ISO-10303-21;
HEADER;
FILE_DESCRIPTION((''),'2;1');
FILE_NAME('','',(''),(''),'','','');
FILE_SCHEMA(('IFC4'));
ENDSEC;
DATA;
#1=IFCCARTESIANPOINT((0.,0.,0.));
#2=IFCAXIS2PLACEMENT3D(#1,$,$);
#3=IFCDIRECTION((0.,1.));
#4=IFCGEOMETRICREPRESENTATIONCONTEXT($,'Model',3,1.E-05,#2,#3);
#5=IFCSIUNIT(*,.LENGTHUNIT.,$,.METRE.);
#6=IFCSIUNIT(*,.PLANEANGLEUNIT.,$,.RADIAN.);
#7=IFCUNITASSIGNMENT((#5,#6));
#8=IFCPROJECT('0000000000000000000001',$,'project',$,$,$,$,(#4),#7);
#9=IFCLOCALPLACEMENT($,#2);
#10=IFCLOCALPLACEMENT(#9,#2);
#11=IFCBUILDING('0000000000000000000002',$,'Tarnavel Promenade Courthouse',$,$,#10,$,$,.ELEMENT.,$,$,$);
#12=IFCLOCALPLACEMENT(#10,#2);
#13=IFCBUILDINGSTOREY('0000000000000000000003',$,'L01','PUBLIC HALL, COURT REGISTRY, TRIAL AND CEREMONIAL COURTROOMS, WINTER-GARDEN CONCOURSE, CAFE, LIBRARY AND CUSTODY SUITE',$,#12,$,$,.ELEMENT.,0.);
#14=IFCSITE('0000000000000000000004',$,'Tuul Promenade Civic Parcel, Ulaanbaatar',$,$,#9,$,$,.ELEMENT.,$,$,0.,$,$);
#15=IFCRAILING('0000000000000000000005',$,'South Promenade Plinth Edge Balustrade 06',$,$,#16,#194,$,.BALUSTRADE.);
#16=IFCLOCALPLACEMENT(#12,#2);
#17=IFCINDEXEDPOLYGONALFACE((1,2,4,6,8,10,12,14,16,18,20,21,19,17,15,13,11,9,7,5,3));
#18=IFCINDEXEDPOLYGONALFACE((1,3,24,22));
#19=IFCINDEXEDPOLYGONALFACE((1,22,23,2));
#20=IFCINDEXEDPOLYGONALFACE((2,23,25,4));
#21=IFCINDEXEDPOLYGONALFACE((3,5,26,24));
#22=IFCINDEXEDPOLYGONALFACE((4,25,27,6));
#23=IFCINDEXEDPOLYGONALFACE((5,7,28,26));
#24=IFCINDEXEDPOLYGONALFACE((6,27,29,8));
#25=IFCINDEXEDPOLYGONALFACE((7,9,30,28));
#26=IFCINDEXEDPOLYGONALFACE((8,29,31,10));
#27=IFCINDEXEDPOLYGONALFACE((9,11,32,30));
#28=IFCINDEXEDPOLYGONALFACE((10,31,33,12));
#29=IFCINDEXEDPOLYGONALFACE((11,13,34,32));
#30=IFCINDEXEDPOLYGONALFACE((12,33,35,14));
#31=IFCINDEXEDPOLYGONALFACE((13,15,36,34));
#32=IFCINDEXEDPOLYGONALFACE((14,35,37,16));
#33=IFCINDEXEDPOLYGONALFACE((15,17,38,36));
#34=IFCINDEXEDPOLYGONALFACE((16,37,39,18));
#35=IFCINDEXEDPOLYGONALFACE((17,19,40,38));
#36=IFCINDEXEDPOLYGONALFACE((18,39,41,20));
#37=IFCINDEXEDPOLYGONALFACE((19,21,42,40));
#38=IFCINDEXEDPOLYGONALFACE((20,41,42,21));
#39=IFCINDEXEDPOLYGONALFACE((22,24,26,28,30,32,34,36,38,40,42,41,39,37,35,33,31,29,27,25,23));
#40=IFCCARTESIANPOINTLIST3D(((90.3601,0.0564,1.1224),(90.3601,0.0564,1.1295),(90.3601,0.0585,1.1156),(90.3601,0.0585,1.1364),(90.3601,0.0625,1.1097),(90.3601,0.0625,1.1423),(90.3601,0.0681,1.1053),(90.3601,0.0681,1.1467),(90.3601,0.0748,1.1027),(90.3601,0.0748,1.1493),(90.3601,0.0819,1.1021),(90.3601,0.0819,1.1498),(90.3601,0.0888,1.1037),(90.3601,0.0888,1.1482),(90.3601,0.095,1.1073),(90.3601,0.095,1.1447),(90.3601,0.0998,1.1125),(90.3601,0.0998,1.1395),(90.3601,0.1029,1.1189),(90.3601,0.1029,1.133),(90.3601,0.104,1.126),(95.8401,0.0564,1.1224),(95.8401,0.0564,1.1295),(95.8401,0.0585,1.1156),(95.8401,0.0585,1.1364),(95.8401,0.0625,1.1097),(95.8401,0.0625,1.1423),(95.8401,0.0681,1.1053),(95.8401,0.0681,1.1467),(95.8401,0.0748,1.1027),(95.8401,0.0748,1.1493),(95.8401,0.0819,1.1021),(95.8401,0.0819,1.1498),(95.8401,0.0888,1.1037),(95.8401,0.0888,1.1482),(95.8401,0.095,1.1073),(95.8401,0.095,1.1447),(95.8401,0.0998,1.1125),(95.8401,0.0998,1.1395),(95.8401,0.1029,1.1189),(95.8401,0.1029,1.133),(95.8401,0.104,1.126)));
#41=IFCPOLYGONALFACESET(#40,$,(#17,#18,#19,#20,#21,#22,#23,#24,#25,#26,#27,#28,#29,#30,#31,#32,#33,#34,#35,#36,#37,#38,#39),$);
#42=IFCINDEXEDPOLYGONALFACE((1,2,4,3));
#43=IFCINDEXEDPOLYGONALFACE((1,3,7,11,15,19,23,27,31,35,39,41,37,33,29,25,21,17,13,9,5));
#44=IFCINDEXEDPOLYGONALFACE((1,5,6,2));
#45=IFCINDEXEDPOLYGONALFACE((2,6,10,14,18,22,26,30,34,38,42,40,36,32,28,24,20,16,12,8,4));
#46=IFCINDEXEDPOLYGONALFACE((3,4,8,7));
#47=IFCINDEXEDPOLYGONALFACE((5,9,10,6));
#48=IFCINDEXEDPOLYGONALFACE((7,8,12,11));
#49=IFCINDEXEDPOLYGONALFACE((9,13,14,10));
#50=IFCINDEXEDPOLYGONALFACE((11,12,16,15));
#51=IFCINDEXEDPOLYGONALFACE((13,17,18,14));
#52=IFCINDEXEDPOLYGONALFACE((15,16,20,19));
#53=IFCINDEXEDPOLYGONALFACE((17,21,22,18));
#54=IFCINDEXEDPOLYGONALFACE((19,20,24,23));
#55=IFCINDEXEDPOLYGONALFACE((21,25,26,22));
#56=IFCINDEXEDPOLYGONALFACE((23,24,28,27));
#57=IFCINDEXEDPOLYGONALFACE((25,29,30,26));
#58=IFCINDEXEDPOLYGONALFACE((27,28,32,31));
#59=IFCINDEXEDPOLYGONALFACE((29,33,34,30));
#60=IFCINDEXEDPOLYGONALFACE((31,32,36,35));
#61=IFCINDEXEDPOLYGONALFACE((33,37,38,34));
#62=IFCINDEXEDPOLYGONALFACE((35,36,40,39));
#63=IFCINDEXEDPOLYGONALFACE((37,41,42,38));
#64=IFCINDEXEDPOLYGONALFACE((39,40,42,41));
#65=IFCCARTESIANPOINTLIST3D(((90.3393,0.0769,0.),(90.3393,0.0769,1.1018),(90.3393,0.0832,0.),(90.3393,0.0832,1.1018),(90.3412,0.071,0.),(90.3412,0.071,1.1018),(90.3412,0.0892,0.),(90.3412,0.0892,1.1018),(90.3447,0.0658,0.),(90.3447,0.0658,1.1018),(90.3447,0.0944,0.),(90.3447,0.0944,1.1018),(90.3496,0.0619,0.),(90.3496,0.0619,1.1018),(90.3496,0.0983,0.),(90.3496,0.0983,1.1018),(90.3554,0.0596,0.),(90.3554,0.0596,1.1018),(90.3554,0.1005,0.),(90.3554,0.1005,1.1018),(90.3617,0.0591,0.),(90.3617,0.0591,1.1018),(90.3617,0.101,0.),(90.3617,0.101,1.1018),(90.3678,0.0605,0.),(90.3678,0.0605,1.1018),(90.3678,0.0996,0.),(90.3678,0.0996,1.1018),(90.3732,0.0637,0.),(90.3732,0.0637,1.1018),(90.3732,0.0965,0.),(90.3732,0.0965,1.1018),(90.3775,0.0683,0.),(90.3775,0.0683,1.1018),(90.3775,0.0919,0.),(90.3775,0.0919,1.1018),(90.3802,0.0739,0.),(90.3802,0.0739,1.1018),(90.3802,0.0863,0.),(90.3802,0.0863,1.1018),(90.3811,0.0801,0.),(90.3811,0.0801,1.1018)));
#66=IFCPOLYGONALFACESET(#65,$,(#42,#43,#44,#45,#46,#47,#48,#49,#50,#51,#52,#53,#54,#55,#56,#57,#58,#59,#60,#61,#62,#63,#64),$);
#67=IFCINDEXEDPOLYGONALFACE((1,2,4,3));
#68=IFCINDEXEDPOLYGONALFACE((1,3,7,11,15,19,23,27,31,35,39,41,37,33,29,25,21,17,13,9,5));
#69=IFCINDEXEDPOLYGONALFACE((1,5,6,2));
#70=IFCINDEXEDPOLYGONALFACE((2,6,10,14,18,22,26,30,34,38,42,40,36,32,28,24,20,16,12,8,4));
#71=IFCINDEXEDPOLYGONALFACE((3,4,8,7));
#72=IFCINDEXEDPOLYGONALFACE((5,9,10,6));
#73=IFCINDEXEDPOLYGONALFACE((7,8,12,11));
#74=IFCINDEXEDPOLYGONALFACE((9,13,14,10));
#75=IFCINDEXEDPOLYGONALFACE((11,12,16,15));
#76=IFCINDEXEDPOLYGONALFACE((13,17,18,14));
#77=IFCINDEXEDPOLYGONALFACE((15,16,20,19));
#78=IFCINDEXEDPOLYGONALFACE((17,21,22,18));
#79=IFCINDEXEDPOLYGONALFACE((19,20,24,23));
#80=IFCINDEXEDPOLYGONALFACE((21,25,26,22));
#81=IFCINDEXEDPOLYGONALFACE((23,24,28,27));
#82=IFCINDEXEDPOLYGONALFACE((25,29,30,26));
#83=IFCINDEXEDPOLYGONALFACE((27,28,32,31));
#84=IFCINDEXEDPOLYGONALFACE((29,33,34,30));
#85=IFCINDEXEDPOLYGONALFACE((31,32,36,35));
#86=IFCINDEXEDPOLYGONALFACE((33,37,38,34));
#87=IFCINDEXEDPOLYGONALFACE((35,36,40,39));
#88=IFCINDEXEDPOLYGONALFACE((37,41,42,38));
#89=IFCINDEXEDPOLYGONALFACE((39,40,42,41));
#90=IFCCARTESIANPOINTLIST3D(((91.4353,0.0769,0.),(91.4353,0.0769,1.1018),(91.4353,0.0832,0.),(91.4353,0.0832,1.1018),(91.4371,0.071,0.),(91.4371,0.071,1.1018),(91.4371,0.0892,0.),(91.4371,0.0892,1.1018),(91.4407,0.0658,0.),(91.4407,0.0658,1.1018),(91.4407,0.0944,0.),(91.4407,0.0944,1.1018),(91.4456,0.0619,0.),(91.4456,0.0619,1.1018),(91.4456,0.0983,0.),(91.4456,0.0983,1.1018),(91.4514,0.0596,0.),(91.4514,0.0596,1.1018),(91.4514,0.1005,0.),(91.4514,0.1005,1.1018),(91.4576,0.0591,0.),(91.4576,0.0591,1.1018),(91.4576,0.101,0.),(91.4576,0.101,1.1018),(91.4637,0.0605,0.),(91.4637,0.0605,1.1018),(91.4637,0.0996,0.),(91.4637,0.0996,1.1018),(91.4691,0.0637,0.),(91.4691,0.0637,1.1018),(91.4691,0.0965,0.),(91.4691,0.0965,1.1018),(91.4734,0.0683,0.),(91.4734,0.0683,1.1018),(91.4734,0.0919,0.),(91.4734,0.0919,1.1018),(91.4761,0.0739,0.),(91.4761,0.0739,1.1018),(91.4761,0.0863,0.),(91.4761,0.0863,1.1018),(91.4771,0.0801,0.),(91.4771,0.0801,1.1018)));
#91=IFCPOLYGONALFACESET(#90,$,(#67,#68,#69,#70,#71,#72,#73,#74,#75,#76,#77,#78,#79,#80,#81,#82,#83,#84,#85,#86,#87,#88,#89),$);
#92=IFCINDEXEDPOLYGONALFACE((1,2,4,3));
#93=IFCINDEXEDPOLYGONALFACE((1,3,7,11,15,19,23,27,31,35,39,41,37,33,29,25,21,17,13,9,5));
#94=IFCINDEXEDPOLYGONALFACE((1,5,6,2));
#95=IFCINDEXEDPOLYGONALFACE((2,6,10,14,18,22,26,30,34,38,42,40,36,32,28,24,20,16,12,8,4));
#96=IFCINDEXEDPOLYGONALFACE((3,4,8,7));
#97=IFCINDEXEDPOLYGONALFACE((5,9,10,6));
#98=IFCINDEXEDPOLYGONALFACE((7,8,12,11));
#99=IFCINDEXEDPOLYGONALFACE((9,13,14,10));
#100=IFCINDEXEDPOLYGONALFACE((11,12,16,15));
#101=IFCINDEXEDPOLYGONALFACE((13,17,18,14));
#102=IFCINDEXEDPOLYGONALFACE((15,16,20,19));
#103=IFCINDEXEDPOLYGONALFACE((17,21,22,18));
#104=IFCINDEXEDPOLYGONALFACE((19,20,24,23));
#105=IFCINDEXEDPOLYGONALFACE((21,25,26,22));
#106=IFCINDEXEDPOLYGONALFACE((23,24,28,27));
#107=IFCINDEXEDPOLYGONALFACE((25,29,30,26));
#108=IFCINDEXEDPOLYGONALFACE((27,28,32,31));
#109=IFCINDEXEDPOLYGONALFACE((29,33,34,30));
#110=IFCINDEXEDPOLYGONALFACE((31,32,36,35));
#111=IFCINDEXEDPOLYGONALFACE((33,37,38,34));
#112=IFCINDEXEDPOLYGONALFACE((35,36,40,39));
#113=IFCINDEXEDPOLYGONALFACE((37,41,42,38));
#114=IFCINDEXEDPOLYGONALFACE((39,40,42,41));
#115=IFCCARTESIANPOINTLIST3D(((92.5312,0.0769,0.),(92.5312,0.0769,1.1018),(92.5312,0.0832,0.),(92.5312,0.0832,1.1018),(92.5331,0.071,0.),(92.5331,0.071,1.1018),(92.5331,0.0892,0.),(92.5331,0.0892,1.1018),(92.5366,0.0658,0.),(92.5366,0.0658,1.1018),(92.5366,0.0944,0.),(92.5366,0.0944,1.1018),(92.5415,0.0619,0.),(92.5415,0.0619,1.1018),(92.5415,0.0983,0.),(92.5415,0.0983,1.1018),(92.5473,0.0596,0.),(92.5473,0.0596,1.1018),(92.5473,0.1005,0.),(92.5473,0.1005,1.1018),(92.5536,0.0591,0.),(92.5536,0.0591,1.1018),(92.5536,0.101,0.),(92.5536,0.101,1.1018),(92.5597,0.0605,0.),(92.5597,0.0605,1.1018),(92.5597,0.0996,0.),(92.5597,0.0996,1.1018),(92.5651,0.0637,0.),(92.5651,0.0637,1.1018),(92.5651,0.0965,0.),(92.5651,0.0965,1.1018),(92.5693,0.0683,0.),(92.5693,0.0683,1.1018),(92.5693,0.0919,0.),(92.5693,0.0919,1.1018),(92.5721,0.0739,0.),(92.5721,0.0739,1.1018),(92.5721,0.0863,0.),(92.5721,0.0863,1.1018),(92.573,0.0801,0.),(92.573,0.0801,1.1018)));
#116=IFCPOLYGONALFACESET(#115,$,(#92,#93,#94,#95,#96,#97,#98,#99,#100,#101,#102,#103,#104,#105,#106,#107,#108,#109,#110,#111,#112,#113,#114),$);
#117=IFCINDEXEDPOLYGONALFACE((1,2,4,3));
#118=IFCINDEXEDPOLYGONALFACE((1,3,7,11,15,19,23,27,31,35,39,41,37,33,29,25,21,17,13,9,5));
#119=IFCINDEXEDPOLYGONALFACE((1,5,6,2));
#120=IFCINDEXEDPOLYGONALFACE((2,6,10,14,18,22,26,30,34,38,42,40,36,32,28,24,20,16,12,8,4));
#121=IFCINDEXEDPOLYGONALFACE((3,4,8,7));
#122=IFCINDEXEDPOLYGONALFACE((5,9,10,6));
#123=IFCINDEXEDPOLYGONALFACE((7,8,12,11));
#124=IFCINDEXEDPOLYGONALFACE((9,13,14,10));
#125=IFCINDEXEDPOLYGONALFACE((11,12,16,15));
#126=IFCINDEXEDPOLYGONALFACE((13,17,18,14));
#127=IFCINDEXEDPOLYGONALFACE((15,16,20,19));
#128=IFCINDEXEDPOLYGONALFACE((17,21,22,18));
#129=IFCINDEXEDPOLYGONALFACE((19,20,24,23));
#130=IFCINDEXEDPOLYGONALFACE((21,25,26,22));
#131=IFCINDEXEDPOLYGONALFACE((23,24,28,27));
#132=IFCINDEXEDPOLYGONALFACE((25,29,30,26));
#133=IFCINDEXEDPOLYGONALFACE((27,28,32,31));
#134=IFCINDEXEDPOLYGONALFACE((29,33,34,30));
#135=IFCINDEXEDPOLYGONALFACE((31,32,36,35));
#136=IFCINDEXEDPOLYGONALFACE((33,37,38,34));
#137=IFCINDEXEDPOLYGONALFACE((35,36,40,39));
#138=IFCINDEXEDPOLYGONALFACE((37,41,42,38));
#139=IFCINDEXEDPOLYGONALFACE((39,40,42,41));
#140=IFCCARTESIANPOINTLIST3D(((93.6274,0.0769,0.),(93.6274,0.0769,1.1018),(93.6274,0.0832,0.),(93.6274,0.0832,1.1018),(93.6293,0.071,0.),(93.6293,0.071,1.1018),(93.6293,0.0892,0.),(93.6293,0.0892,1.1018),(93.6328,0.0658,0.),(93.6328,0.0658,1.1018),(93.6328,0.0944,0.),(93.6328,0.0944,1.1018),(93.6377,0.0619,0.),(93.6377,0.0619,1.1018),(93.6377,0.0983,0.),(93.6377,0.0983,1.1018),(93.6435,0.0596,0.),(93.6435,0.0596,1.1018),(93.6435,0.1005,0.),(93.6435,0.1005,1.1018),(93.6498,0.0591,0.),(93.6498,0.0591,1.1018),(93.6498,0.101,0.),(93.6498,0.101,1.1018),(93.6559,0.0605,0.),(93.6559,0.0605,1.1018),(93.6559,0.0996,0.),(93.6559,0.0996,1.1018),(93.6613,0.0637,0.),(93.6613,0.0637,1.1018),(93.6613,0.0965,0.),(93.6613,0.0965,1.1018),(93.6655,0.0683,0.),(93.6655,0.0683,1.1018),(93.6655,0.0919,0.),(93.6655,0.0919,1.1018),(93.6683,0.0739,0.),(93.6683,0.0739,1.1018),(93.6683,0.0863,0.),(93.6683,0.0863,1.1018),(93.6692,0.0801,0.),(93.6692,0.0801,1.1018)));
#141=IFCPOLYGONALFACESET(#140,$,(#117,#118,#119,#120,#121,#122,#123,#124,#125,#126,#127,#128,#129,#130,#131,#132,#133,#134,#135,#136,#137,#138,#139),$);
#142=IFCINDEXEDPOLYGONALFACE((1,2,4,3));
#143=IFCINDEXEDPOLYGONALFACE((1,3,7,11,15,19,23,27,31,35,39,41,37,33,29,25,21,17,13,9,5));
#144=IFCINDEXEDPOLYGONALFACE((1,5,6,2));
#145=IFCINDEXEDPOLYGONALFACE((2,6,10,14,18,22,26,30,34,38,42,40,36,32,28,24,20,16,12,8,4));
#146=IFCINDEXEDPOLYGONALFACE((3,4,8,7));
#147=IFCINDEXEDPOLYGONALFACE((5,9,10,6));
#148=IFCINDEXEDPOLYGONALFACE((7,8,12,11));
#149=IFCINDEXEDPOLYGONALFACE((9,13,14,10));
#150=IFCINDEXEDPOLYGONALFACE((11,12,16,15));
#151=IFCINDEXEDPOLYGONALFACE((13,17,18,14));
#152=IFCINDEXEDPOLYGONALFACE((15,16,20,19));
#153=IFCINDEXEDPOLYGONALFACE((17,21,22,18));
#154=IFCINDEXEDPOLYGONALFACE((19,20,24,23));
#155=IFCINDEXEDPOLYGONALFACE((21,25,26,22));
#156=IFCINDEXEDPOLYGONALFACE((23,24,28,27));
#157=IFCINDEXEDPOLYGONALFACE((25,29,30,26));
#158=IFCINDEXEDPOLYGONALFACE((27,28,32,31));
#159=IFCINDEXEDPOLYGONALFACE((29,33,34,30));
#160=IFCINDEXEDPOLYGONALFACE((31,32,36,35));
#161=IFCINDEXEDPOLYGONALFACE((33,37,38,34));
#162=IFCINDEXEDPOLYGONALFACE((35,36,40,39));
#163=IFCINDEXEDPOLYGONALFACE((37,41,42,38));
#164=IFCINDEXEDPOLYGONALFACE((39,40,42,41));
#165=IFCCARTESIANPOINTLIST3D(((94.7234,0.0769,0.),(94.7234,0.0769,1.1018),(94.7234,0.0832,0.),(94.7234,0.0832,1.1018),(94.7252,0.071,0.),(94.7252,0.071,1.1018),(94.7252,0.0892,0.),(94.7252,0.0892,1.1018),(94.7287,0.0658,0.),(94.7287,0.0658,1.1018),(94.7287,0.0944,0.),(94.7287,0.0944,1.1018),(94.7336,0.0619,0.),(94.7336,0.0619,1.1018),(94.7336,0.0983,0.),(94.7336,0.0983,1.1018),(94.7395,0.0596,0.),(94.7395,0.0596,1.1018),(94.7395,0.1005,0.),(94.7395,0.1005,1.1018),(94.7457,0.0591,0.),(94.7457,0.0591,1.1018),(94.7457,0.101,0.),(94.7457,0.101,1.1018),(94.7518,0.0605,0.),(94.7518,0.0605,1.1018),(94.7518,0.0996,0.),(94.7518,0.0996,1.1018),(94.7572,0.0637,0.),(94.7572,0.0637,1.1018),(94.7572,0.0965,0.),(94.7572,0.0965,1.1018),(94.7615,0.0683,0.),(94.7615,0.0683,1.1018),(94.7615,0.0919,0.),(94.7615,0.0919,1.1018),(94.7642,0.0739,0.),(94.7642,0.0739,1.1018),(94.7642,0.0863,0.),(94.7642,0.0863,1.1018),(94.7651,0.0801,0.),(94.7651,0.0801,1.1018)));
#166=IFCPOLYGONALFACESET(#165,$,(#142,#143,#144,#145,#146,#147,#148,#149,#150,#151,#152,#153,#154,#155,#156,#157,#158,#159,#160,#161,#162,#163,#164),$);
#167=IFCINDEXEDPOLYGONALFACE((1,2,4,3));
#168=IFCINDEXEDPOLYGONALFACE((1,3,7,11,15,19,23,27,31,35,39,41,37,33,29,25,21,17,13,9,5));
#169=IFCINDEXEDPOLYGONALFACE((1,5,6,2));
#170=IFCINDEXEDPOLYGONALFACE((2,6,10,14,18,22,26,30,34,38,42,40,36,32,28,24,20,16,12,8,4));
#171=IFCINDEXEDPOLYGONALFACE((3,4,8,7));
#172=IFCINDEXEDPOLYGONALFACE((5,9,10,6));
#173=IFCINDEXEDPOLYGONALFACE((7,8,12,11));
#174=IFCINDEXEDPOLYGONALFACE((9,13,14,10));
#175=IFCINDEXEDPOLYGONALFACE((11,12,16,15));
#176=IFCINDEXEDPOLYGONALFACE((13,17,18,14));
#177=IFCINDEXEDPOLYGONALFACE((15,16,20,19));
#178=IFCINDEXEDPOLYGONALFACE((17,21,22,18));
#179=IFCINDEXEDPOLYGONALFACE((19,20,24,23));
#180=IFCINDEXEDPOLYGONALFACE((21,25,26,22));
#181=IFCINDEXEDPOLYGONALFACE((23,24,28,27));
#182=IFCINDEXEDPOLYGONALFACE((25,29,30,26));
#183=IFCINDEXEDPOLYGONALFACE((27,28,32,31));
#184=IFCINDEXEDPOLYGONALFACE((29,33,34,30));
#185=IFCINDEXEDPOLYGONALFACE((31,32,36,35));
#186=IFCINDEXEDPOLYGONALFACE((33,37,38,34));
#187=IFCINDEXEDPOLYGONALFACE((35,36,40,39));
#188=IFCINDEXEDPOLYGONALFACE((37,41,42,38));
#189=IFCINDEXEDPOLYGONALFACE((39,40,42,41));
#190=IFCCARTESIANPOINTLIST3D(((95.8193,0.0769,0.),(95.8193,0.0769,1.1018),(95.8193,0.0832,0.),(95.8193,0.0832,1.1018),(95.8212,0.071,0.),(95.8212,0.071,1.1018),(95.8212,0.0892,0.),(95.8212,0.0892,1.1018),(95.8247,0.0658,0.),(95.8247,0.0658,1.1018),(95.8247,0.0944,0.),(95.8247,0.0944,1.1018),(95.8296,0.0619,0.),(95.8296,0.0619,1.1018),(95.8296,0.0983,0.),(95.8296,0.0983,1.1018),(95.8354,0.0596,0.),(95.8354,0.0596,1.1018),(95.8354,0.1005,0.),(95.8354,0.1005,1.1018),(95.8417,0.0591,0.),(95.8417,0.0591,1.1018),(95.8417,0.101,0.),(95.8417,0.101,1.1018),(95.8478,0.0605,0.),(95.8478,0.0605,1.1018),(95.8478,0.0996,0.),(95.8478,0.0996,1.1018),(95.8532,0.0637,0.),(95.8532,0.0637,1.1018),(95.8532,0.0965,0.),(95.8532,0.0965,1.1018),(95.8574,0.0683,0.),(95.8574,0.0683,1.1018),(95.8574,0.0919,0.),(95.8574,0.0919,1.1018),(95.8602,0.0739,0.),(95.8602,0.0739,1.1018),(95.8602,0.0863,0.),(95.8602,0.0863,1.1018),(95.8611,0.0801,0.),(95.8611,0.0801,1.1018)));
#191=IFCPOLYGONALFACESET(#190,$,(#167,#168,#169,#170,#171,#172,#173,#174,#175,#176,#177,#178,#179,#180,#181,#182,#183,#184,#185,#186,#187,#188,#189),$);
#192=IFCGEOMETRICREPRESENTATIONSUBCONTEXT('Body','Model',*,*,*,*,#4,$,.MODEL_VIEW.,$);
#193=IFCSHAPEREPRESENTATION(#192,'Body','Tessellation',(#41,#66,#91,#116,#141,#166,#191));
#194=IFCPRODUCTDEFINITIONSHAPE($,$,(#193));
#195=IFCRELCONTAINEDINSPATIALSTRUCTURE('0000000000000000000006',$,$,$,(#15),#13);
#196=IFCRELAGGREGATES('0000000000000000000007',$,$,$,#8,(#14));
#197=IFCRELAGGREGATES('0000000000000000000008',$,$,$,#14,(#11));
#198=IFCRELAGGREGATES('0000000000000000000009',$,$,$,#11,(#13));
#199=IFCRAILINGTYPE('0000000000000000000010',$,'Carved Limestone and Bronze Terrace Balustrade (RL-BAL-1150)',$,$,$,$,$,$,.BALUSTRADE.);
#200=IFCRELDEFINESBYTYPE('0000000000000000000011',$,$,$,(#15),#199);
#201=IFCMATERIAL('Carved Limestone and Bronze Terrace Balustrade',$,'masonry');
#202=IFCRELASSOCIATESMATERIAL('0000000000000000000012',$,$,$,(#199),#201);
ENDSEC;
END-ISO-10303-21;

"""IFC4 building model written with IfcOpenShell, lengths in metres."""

from ifc_helpers import new_model, si_unit, direction, frame, origin, origin_2d, place, context, subcontext, project, spatial, circle, extrude, material, type_object, element, save


model = new_model("IFC4")

# Units and contexts
model_context = context("Model", 3, precision=1e-05, world=origin(), true_north=direction((0.0, 1.0)))
body_context = subcontext(model_context, "Body", "Model", "MODEL_VIEW")
ifc_project = project(units=[si_unit("LENGTHUNIT", "METRE"), si_unit("PLANEANGLEUNIT", "RADIAN")], contexts=[model_context])

# Site, building, storey
site_placement = place(None, origin())
site = spatial("IfcSite", under=ifc_project, at=site_placement, Name="Tuul Promenade Civic Parcel, Ulaanbaatar", CompositionType="ELEMENT", RefElevation=0.0)
building_placement = place(site_placement, origin())
building = spatial("IfcBuilding", under=site, at=building_placement, Name="Tarnavel Promenade Courthouse", CompositionType="ELEMENT")
storey_placement = place(building_placement, origin())
storey = spatial("IfcBuildingStorey", under=building, at=storey_placement, Name="L01", Description="PUBLIC HALL, COURT REGISTRY, TRIAL AND CEREMONIAL COURTROOMS, WINTER-GARDEN CONCOURSE, CAFE, LIBRARY AND CUSTODY SUITE", CompositionType="ELEMENT", Elevation=0.0)

# Railing
ifc_material_1 = material(Name="Carved Limestone and Bronze Terrace Balustrade", Category="masonry")
railing_type_1 = type_object("IfcRailingType", Name="Carved Limestone and Bronze Terrace Balustrade (RL-BAL-1150)", PredefinedType="BALUSTRADE", material=ifc_material_1)
railing_1_placement = place(storey_placement, frame((90.3601, 0.0801, 0.0)))
element("IfcRailing", 1, at=railing_1_placement, inside=storey, type_object=railing_type_1, Name="South Promenade Plinth Edge Balustrade 06", PredefinedType="BALUSTRADE", context=body_context, shape_type="SweptSolid", body=[
    extrude(circle(Radius=0.0239, at=origin_2d()), frame((0.0, 0.0, 1.126), z_axis=(1.0, 0.0, 0.0), x_axis=(0.0, 1.0, 0.0)), (0.0, 0.0, 1.0), 5.48),
    extrude(circle(Radius=0.021, at=origin_2d()), origin(), (0.0, 0.0, 1.0), 1.1018),
    extrude(circle(Radius=0.021, at=origin_2d()), frame((1.0959, 0.0, 0.0)), (0.0, 0.0, 1.0), 1.1018),
    extrude(circle(Radius=0.021, at=origin_2d()), frame((2.1919, 0.0, 0.0)), (0.0, 0.0, 1.0), 1.1018),
    extrude(circle(Radius=0.021, at=origin_2d()), frame((3.2881, 0.0, 0.0)), (0.0, 0.0, 1.0), 1.1018),
    extrude(circle(Radius=0.021, at=origin_2d()), frame((4.384, 0.0, 0.0)), (0.0, 0.0, 1.0), 1.1018),
    extrude(circle(Radius=0.021, at=origin_2d()), frame((5.48, 0.0, 0.0)), (0.0, 0.0, 1.0), 1.1018),
])

save(model, "model.ifc")
